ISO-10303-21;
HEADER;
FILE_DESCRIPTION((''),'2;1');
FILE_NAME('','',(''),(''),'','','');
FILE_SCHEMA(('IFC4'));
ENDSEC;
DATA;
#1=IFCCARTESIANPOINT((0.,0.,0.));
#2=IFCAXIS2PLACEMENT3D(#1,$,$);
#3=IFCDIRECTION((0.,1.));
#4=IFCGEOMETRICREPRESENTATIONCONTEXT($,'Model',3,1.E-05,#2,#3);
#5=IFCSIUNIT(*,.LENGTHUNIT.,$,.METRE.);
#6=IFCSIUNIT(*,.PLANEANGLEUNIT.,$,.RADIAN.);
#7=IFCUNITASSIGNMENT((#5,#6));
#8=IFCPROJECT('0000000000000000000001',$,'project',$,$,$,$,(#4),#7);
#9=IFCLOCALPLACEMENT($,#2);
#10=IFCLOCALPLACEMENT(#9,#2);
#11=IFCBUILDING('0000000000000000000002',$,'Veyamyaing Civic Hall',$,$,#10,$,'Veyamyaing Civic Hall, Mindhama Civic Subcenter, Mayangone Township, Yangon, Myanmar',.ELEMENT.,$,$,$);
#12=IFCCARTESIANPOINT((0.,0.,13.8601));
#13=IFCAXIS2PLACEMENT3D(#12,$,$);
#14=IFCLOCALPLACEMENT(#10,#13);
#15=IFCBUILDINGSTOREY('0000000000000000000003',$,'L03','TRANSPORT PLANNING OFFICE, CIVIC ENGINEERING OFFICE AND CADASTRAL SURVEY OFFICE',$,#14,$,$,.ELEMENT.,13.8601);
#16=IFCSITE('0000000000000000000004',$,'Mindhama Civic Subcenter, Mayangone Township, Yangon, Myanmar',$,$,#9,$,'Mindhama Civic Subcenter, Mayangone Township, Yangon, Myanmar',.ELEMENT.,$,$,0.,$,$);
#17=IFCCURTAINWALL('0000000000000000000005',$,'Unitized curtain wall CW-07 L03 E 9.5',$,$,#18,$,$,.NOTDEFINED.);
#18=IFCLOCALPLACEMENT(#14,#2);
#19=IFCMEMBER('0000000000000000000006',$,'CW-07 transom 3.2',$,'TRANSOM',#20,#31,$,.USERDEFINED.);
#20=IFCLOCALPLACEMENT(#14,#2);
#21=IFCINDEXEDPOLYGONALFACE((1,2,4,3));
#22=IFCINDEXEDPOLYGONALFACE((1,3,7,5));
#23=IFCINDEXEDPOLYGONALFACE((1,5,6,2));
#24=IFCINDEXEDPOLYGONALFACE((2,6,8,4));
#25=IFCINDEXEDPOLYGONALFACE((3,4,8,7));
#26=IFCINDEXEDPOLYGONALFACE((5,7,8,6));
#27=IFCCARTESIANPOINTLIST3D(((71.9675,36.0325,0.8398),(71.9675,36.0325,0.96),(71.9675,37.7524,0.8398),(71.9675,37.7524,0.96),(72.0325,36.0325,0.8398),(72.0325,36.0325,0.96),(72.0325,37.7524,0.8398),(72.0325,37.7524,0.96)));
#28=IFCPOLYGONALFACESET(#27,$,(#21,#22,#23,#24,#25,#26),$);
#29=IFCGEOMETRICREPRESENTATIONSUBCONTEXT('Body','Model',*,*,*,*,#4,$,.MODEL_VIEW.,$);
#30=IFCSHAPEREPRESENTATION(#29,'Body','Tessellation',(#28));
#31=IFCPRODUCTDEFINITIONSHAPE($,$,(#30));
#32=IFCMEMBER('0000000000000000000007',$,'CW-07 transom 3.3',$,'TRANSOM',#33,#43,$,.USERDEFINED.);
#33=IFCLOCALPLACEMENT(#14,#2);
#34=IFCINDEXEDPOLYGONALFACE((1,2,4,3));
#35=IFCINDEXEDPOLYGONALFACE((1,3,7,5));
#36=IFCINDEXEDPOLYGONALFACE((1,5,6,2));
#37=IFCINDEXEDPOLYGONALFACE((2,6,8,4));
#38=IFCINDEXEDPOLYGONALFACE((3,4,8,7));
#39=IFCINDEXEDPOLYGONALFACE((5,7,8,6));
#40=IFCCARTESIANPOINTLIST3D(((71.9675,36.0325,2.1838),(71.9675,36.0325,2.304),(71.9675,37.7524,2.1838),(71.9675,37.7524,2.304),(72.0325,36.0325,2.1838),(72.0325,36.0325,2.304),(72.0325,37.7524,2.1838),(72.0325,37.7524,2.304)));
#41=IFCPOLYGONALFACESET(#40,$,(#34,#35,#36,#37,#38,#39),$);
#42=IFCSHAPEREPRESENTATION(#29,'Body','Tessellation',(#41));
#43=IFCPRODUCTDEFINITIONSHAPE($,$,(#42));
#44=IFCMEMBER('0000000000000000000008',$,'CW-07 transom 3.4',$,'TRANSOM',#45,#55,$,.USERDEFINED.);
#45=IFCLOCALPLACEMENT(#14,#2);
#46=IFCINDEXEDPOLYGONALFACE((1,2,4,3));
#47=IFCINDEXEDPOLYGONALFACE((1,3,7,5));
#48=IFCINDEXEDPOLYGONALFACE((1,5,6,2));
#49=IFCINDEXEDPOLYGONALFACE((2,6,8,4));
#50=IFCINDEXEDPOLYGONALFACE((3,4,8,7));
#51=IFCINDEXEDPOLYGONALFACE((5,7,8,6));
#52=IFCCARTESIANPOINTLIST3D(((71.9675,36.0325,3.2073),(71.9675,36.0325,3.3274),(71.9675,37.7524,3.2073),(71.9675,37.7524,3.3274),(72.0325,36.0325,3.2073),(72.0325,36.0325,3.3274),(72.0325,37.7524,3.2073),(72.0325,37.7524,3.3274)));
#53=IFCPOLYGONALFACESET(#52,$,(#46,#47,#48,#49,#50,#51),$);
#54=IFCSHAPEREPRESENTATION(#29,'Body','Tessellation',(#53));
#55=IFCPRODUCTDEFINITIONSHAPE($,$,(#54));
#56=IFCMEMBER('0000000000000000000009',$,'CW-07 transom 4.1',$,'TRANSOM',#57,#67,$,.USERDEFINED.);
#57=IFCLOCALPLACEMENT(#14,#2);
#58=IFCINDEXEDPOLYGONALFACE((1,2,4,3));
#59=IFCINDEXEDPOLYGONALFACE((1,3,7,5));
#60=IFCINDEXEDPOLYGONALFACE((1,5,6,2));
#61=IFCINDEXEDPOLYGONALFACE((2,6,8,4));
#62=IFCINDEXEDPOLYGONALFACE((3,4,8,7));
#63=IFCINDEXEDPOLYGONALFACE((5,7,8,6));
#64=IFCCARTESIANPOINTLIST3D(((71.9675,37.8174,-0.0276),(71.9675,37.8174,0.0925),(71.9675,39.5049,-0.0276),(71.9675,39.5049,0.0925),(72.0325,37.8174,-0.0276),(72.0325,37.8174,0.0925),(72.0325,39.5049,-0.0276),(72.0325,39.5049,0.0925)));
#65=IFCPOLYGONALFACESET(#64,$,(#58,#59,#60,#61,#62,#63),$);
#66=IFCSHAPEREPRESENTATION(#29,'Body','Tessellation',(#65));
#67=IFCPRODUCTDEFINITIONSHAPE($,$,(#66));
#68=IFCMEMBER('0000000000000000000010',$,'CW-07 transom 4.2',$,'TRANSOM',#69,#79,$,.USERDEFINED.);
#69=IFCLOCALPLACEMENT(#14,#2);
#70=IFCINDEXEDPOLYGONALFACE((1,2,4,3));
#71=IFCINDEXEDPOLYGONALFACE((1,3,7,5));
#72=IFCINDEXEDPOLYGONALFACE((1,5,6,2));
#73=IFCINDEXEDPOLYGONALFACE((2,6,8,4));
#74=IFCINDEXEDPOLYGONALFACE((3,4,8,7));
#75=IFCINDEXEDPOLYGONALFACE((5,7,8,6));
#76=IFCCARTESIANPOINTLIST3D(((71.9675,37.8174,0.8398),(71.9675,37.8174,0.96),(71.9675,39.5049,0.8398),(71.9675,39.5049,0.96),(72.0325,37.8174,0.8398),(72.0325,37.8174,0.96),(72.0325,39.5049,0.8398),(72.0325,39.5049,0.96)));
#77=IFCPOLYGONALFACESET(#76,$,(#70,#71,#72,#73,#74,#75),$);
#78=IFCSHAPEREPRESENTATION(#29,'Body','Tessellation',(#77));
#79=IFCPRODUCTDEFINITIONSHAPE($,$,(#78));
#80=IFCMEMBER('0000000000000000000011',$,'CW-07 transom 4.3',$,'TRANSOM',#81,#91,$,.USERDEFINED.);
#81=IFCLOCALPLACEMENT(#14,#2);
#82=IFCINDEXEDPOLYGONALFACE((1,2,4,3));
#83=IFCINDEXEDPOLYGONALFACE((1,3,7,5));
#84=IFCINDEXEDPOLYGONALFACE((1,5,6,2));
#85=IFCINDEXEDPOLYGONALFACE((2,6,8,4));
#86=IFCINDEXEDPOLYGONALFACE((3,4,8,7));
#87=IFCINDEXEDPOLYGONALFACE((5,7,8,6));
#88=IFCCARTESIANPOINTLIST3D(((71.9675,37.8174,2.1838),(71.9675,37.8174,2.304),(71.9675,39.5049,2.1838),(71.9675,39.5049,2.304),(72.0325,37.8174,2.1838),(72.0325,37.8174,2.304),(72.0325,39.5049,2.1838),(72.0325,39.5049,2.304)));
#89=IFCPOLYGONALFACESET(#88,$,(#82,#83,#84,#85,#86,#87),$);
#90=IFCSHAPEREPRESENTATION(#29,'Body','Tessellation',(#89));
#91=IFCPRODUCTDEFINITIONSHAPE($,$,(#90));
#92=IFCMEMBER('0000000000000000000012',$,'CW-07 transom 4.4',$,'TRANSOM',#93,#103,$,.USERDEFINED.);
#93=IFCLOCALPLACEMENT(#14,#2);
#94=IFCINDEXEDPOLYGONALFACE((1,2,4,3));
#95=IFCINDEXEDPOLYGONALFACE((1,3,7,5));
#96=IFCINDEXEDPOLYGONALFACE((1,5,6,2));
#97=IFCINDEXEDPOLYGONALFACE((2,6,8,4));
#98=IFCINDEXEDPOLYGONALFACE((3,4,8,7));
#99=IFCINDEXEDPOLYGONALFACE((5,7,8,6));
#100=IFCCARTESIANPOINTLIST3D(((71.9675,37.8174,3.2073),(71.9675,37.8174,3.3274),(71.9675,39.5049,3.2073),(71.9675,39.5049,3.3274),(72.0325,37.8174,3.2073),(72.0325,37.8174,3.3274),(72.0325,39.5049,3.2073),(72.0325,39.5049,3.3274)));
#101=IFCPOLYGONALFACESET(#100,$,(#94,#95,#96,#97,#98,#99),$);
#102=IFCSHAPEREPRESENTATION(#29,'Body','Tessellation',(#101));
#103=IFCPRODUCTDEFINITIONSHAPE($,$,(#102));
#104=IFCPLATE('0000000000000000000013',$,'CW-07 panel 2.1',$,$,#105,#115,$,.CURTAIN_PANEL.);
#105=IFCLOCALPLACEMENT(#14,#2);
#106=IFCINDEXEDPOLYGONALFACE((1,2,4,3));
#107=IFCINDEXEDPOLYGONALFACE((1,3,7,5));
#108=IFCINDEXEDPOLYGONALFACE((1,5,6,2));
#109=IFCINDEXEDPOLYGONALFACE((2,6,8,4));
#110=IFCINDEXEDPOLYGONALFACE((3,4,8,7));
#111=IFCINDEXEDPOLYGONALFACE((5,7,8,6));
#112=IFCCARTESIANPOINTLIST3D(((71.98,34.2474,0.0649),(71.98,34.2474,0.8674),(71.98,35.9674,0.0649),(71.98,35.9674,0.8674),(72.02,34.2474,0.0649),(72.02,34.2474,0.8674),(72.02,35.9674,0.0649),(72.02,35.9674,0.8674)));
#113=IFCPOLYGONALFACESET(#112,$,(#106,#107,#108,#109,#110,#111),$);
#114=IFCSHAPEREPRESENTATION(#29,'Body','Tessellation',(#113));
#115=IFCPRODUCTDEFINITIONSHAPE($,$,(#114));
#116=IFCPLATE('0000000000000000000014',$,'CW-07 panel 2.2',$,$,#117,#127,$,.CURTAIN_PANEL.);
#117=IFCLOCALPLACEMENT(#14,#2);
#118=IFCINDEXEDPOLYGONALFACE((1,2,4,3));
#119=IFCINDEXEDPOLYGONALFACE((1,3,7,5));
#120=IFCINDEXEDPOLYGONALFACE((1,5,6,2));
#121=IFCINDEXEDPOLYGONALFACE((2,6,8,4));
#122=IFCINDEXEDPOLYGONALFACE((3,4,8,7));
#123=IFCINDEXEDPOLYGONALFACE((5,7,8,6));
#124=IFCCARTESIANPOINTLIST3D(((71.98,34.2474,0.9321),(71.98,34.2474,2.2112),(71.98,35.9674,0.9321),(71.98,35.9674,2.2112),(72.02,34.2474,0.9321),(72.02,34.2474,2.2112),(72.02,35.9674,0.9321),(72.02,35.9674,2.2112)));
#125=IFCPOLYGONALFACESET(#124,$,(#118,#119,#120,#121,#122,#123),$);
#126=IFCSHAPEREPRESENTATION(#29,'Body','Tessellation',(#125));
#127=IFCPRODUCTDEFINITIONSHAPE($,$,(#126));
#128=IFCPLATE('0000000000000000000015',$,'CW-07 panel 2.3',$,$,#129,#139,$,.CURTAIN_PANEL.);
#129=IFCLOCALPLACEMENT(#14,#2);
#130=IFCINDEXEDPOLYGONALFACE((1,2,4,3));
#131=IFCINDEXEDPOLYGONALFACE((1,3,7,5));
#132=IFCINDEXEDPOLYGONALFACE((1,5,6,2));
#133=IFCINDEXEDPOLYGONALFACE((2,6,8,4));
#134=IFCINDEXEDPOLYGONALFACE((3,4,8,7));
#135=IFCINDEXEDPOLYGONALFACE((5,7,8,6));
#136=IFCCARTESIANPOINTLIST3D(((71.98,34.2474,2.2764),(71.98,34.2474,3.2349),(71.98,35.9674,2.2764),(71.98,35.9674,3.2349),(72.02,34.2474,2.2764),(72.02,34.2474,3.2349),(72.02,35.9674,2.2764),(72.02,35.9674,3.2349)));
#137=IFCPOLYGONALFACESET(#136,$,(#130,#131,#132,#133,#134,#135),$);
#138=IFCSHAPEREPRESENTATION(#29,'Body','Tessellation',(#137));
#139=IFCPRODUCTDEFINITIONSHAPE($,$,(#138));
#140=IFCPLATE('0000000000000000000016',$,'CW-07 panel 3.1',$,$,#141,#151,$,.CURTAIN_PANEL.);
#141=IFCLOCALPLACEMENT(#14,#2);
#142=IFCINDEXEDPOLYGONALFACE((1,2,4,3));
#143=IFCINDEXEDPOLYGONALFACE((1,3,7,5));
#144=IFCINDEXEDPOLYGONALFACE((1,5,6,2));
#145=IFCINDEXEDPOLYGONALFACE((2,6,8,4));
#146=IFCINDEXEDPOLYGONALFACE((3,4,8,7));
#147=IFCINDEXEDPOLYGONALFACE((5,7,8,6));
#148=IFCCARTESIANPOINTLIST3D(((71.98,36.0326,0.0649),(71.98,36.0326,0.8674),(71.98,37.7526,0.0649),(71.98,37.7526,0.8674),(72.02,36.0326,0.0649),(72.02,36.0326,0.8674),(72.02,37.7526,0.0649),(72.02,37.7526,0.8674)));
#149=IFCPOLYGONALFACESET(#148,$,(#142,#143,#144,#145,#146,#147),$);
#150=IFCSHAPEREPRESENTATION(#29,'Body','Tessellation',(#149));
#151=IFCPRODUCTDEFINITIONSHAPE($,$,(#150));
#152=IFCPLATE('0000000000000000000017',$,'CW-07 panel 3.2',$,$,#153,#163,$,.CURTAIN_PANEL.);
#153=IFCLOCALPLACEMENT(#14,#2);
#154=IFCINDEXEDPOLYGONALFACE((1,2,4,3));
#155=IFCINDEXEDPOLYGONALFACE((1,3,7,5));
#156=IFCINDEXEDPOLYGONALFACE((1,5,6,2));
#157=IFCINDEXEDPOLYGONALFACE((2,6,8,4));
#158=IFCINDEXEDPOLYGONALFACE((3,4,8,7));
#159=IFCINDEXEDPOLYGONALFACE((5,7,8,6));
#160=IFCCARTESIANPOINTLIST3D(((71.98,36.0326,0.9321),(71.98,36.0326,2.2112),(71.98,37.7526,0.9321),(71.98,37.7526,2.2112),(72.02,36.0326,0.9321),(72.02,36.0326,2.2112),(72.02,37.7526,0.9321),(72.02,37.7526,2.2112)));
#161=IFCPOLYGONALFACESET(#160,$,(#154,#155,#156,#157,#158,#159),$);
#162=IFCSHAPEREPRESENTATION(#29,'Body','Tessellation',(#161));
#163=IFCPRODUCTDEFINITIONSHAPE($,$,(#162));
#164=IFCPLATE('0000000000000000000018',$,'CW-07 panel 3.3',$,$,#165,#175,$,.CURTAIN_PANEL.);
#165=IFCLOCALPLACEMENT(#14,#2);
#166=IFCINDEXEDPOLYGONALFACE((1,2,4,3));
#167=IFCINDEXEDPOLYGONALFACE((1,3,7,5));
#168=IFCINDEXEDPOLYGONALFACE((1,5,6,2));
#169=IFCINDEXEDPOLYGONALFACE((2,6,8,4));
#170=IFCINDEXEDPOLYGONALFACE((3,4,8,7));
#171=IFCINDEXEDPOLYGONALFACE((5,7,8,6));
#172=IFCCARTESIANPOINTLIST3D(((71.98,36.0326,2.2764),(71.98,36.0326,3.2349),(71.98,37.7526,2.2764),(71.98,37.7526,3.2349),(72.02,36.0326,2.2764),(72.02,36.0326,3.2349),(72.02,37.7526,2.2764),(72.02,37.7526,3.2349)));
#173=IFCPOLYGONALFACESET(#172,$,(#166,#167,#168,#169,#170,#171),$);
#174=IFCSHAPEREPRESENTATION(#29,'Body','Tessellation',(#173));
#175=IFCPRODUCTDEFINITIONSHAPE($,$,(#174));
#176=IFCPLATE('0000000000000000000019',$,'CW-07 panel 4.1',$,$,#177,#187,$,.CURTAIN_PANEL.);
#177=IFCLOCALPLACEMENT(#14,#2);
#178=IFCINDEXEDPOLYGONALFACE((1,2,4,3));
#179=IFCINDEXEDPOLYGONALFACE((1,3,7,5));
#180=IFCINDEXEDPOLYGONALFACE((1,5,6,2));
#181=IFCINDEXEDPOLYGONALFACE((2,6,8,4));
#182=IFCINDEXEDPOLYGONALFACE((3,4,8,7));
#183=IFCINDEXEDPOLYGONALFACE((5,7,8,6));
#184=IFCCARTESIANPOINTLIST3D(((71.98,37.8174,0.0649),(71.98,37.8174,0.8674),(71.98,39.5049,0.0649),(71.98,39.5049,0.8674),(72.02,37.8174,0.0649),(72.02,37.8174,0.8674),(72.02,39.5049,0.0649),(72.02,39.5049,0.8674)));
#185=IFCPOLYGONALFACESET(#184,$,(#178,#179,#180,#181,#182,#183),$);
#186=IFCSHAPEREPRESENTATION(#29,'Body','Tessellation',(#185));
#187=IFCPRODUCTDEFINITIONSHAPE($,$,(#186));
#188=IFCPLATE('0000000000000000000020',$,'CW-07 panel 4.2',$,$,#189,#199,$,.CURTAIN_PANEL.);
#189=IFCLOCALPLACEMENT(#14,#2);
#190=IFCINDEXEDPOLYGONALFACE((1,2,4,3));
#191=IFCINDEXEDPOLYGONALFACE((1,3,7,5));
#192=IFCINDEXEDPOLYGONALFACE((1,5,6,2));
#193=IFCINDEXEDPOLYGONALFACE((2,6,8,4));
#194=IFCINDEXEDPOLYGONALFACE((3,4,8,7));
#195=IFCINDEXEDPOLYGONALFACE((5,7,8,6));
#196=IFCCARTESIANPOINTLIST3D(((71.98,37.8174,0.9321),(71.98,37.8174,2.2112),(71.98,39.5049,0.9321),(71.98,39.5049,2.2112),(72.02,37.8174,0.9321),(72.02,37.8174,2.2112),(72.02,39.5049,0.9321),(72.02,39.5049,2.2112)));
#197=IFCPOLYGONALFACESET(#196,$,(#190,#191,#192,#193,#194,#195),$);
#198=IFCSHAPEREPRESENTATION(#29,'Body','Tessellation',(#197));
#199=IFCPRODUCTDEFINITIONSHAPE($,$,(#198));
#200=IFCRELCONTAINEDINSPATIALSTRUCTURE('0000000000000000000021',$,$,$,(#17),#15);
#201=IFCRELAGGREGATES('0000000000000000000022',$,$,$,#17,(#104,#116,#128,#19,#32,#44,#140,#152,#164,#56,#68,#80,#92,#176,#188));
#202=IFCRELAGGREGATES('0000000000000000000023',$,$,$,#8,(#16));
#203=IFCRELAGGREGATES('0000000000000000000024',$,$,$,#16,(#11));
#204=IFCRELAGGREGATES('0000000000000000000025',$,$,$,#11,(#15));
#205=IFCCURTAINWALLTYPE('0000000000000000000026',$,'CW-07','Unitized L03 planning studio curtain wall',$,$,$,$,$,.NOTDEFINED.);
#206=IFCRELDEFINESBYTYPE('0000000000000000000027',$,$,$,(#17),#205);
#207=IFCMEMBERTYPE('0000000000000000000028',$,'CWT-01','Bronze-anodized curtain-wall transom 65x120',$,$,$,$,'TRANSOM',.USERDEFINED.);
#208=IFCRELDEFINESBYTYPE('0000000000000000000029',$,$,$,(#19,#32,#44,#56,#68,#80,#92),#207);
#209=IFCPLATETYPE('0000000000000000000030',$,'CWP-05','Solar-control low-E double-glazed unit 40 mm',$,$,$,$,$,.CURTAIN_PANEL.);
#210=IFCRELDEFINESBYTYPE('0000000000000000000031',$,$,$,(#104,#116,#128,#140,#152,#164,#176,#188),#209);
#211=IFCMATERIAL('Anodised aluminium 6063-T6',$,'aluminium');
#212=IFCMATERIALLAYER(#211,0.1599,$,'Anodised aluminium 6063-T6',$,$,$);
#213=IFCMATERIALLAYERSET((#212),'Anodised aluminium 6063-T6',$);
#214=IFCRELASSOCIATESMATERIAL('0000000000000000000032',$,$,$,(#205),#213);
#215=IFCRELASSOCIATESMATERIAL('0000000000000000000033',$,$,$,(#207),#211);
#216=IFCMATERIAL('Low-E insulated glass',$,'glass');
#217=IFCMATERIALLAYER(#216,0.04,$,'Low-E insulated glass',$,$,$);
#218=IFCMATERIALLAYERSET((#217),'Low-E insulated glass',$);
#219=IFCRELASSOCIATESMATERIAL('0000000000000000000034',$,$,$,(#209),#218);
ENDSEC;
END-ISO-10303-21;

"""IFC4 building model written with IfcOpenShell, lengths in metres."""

from ifc_helpers import new_model, si_unit, direction, frame, origin, origin_2d, place, context, subcontext, project, spatial, rectangle, extrude, material, layer, layer_set, material_profile, profile_set, type_object, element, aggregate, save


model = new_model("IFC4")

# Units and contexts
model_context = context("Model", 3, precision=1e-05, world=origin(), true_north=direction((0.0, 1.0)))
body_context = subcontext(model_context, "Body", "Model", "MODEL_VIEW")
ifc_project = project(units=[si_unit("LENGTHUNIT", "METRE"), si_unit("PLANEANGLEUNIT", "RADIAN")], contexts=[model_context])

# Site, building, storey
site_placement = place(None, origin())
site = spatial("IfcSite", under=ifc_project, at=site_placement, Name="Mindhama Civic Subcenter, Mayangone Township, Yangon, Myanmar", LongName="Mindhama Civic Subcenter, Mayangone Township, Yangon, Myanmar", CompositionType="ELEMENT", RefElevation=0.0)
building_placement = place(site_placement, origin())
building = spatial("IfcBuilding", under=site, at=building_placement, Name="Veyamyaing Civic Hall", LongName="Veyamyaing Civic Hall, Mindhama Civic Subcenter, Mayangone Township, Yangon, Myanmar", CompositionType="ELEMENT")
storey_placement = place(building_placement, frame((0.0, 0.0, 13.8601)))
storey = spatial("IfcBuildingStorey", under=building, at=storey_placement, Name="L03", Description="TRANSPORT PLANNING OFFICE, CIVIC ENGINEERING OFFICE AND CADASTRAL SURVEY OFFICE", CompositionType="ELEMENT", Elevation=13.8601)

# Curtain wall, members, plates
ifc_material_1 = material(Name="Anodised aluminium 6063-T6", Category="aluminium")
ifc_layer_1 = layer(ifc_material_1, 0.1599, Name="Anodised aluminium 6063-T6")
ifc_layer_set_1 = layer_set([ifc_layer_1], Name="Anodised aluminium 6063-T6")
curtain_wall_type = type_object("IfcCurtainWallType", Name="CW-07", Description="Unitized L03 planning studio curtain wall", PredefinedType="NOTDEFINED", material=ifc_layer_set_1)
curtain_wall_placement = place(storey_placement, origin())
curtain_wall = element("IfcCurtainWall", 1, at=curtain_wall_placement, inside=storey, type_object=curtain_wall_type, Name="Unitized curtain wall CW-07 L03 E 9.5", PredefinedType="NOTDEFINED")
ifc_material_profile_1 = material_profile(ifc_material_1, rectangle(XDim=0.0649, YDim=0.1201, at=origin_2d()), Name="ALU-TRN-65X120")
ifc_profile_set_1 = profile_set([ifc_material_profile_1], Name="Anodised aluminium 6063-T6")
member_type_1 = type_object("IfcMemberType", Name="CWT-01", Description="Bronze-anodized curtain-wall transom 65x120", ElementType="TRANSOM", PredefinedType="USERDEFINED", material=ifc_profile_set_1)
member_1_placement = place(storey_placement, frame((72.0, 36.0325, 0.8999), z_axis=(0.0, 1.0, 0.0), x_axis=(-1.0, 0.0, 0.0)))
member_1 = element("IfcMember", 2, at=member_1_placement, type_object=member_type_1, Name="CW-07 transom 3.2", ObjectType="TRANSOM", PredefinedType="USERDEFINED", context=body_context, shape_type="SweptSolid", body=[
    extrude(rectangle(XDim=0.0649, YDim=0.1201, at=origin_2d()), origin(), (0.0, 0.0, 1.0), 1.72),
])
member_2_placement = place(storey_placement, frame((72.0, 36.0325, 2.2439), z_axis=(0.0, 1.0, 0.0), x_axis=(-1.0, 0.0, 0.0)))
member_2 = element("IfcMember", 3, at=member_2_placement, type_object=member_type_1, Name="CW-07 transom 3.3", ObjectType="TRANSOM", PredefinedType="USERDEFINED", context=body_context, shape_type="SweptSolid", body=[
    extrude(rectangle(XDim=0.0649, YDim=0.1201, at=origin_2d()), origin(), (0.0, 0.0, 1.0), 1.72),
])
member_3_placement = place(storey_placement, frame((72.0, 36.0325, 3.2673), z_axis=(0.0, 1.0, 0.0), x_axis=(-1.0, 0.0, 0.0)))
member_3 = element("IfcMember", 4, at=member_3_placement, type_object=member_type_1, Name="CW-07 transom 3.4", ObjectType="TRANSOM", PredefinedType="USERDEFINED", context=body_context, shape_type="SweptSolid", body=[
    extrude(rectangle(XDim=0.0649, YDim=0.1201, at=origin_2d()), origin(), (0.0, 0.0, 1.0), 1.72),
])
member_4_placement = place(storey_placement, frame((72.0, 37.8174, 0.0325), z_axis=(0.0, 1.0, 0.0), x_axis=(-1.0, 0.0, 0.0)))
member_4 = element("IfcMember", 5, at=member_4_placement, type_object=member_type_1, Name="CW-07 transom 4.1", ObjectType="TRANSOM", PredefinedType="USERDEFINED", context=body_context, shape_type="SweptSolid", body=[
    extrude(rectangle(XDim=0.0649, YDim=0.1201, at=origin_2d()), origin(), (0.0, 0.0, 1.0), 1.6875),
])
member_5_placement = place(storey_placement, frame((72.0, 37.8174, 0.8999), z_axis=(0.0, 1.0, 0.0), x_axis=(-1.0, 0.0, 0.0)))
member_5 = element("IfcMember", 6, at=member_5_placement, type_object=member_type_1, Name="CW-07 transom 4.2", ObjectType="TRANSOM", PredefinedType="USERDEFINED", context=body_context, shape_type="SweptSolid", body=[
    extrude(rectangle(XDim=0.0649, YDim=0.1201, at=origin_2d()), origin(), (0.0, 0.0, 1.0), 1.6875),
])
member_6_placement = place(storey_placement, frame((72.0, 37.8174, 2.2439), z_axis=(0.0, 1.0, 0.0), x_axis=(-1.0, 0.0, 0.0)))
member_6 = element("IfcMember", 7, at=member_6_placement, type_object=member_type_1, Name="CW-07 transom 4.3", ObjectType="TRANSOM", PredefinedType="USERDEFINED", context=body_context, shape_type="SweptSolid", body=[
    extrude(rectangle(XDim=0.0649, YDim=0.1201, at=origin_2d()), origin(), (0.0, 0.0, 1.0), 1.6875),
])
member_7_placement = place(storey_placement, frame((72.0, 37.8174, 3.2673), z_axis=(0.0, 1.0, 0.0), x_axis=(-1.0, 0.0, 0.0)))
member_7 = element("IfcMember", 8, at=member_7_placement, type_object=member_type_1, Name="CW-07 transom 4.4", ObjectType="TRANSOM", PredefinedType="USERDEFINED", context=body_context, shape_type="SweptSolid", body=[
    extrude(rectangle(XDim=0.0649, YDim=0.1201, at=origin_2d()), origin(), (0.0, 0.0, 1.0), 1.6875),
])
ifc_material_2 = material(Name="Low-E insulated glass", Category="glass")
ifc_layer_2 = layer(ifc_material_2, 0.04, Name="Low-E insulated glass")
ifc_layer_set_2 = layer_set([ifc_layer_2], Name="Low-E insulated glass")
plate_type = type_object("IfcPlateType", Name="CWP-05", Description="Solar-control low-E double-glazed unit 40 mm", PredefinedType="CURTAIN_PANEL", material=ifc_layer_set_2)
plate_1_placement = place(storey_placement, frame((72.0, 35.1074, 0.0649), z_axis=(0.0, 0.0, 1.0), x_axis=(0.0, 1.0, 0.0)))
plate_1 = element("IfcPlate", 9, at=plate_1_placement, type_object=plate_type, Name="CW-07 panel 2.1", PredefinedType="CURTAIN_PANEL", context=body_context, shape_type="SweptSolid", body=[
    extrude(rectangle(XDim=1.72, YDim=0.04, at=origin_2d()), origin(), (0.0, 0.0, 1.0), 0.8025),
])
plate_2_placement = place(storey_placement, frame((72.0, 35.1074, 0.9321), z_axis=(0.0, 0.0, 1.0), x_axis=(0.0, 1.0, 0.0)))
plate_2 = element("IfcPlate", 10, at=plate_2_placement, type_object=plate_type, Name="CW-07 panel 2.2", PredefinedType="CURTAIN_PANEL", context=body_context, shape_type="SweptSolid", body=[
    extrude(rectangle(XDim=1.72, YDim=0.04, at=origin_2d()), origin(), (0.0, 0.0, 1.0), 1.2791),
])
plate_3_placement = place(storey_placement, frame((72.0, 35.1074, 2.2764), z_axis=(0.0, 0.0, 1.0), x_axis=(0.0, 1.0, 0.0)))
plate_3 = element("IfcPlate", 11, at=plate_3_placement, type_object=plate_type, Name="CW-07 panel 2.3", PredefinedType="CURTAIN_PANEL", context=body_context, shape_type="SweptSolid", body=[
    extrude(rectangle(XDim=1.72, YDim=0.04, at=origin_2d()), origin(), (0.0, 0.0, 1.0), 0.9585),
])
plate_4_placement = place(storey_placement, frame((72.0, 36.8926, 0.0649), z_axis=(0.0, 0.0, 1.0), x_axis=(0.0, 1.0, 0.0)))
plate_4 = element("IfcPlate", 12, at=plate_4_placement, type_object=plate_type, Name="CW-07 panel 3.1", PredefinedType="CURTAIN_PANEL", context=body_context, shape_type="SweptSolid", body=[
    extrude(rectangle(XDim=1.72, YDim=0.04, at=origin_2d()), origin(), (0.0, 0.0, 1.0), 0.8025),
])
plate_5_placement = place(storey_placement, frame((72.0, 36.8926, 0.9321), z_axis=(0.0, 0.0, 1.0), x_axis=(0.0, 1.0, 0.0)))
plate_5 = element("IfcPlate", 13, at=plate_5_placement, type_object=plate_type, Name="CW-07 panel 3.2", PredefinedType="CURTAIN_PANEL", context=body_context, shape_type="SweptSolid", body=[
    extrude(rectangle(XDim=1.72, YDim=0.04, at=origin_2d()), origin(), (0.0, 0.0, 1.0), 1.2791),
])
plate_6_placement = place(storey_placement, frame((72.0, 36.8926, 2.2764), z_axis=(0.0, 0.0, 1.0), x_axis=(0.0, 1.0, 0.0)))
plate_6 = element("IfcPlate", 14, at=plate_6_placement, type_object=plate_type, Name="CW-07 panel 3.3", PredefinedType="CURTAIN_PANEL", context=body_context, shape_type="SweptSolid", body=[
    extrude(rectangle(XDim=1.72, YDim=0.04, at=origin_2d()), origin(), (0.0, 0.0, 1.0), 0.9585),
])
plate_7_placement = place(storey_placement, frame((72.0, 38.6611, 0.0649), z_axis=(0.0, 0.0, 1.0), x_axis=(0.0, 1.0, 0.0)))
plate_7 = element("IfcPlate", 15, at=plate_7_placement, type_object=plate_type, Name="CW-07 panel 4.1", PredefinedType="CURTAIN_PANEL", context=body_context, shape_type="SweptSolid", body=[
    extrude(rectangle(XDim=1.6875, YDim=0.04, at=origin_2d()), origin(), (0.0, 0.0, 1.0), 0.8025),
])
plate_8_placement = place(storey_placement, frame((72.0, 38.6611, 0.9321), z_axis=(0.0, 0.0, 1.0), x_axis=(0.0, 1.0, 0.0)))
plate_8 = element("IfcPlate", 16, at=plate_8_placement, type_object=plate_type, Name="CW-07 panel 4.2", PredefinedType="CURTAIN_PANEL", context=body_context, shape_type="SweptSolid", body=[
    extrude(rectangle(XDim=1.6875, YDim=0.04, at=origin_2d()), origin(), (0.0, 0.0, 1.0), 1.2791),
])
aggregate(curtain_wall, [plate_1, plate_2, plate_3, member_1, member_2, member_3, plate_4, plate_5, plate_6, member_4, member_5, member_6, member_7, plate_7, plate_8])

save(model, "model.ifc")
